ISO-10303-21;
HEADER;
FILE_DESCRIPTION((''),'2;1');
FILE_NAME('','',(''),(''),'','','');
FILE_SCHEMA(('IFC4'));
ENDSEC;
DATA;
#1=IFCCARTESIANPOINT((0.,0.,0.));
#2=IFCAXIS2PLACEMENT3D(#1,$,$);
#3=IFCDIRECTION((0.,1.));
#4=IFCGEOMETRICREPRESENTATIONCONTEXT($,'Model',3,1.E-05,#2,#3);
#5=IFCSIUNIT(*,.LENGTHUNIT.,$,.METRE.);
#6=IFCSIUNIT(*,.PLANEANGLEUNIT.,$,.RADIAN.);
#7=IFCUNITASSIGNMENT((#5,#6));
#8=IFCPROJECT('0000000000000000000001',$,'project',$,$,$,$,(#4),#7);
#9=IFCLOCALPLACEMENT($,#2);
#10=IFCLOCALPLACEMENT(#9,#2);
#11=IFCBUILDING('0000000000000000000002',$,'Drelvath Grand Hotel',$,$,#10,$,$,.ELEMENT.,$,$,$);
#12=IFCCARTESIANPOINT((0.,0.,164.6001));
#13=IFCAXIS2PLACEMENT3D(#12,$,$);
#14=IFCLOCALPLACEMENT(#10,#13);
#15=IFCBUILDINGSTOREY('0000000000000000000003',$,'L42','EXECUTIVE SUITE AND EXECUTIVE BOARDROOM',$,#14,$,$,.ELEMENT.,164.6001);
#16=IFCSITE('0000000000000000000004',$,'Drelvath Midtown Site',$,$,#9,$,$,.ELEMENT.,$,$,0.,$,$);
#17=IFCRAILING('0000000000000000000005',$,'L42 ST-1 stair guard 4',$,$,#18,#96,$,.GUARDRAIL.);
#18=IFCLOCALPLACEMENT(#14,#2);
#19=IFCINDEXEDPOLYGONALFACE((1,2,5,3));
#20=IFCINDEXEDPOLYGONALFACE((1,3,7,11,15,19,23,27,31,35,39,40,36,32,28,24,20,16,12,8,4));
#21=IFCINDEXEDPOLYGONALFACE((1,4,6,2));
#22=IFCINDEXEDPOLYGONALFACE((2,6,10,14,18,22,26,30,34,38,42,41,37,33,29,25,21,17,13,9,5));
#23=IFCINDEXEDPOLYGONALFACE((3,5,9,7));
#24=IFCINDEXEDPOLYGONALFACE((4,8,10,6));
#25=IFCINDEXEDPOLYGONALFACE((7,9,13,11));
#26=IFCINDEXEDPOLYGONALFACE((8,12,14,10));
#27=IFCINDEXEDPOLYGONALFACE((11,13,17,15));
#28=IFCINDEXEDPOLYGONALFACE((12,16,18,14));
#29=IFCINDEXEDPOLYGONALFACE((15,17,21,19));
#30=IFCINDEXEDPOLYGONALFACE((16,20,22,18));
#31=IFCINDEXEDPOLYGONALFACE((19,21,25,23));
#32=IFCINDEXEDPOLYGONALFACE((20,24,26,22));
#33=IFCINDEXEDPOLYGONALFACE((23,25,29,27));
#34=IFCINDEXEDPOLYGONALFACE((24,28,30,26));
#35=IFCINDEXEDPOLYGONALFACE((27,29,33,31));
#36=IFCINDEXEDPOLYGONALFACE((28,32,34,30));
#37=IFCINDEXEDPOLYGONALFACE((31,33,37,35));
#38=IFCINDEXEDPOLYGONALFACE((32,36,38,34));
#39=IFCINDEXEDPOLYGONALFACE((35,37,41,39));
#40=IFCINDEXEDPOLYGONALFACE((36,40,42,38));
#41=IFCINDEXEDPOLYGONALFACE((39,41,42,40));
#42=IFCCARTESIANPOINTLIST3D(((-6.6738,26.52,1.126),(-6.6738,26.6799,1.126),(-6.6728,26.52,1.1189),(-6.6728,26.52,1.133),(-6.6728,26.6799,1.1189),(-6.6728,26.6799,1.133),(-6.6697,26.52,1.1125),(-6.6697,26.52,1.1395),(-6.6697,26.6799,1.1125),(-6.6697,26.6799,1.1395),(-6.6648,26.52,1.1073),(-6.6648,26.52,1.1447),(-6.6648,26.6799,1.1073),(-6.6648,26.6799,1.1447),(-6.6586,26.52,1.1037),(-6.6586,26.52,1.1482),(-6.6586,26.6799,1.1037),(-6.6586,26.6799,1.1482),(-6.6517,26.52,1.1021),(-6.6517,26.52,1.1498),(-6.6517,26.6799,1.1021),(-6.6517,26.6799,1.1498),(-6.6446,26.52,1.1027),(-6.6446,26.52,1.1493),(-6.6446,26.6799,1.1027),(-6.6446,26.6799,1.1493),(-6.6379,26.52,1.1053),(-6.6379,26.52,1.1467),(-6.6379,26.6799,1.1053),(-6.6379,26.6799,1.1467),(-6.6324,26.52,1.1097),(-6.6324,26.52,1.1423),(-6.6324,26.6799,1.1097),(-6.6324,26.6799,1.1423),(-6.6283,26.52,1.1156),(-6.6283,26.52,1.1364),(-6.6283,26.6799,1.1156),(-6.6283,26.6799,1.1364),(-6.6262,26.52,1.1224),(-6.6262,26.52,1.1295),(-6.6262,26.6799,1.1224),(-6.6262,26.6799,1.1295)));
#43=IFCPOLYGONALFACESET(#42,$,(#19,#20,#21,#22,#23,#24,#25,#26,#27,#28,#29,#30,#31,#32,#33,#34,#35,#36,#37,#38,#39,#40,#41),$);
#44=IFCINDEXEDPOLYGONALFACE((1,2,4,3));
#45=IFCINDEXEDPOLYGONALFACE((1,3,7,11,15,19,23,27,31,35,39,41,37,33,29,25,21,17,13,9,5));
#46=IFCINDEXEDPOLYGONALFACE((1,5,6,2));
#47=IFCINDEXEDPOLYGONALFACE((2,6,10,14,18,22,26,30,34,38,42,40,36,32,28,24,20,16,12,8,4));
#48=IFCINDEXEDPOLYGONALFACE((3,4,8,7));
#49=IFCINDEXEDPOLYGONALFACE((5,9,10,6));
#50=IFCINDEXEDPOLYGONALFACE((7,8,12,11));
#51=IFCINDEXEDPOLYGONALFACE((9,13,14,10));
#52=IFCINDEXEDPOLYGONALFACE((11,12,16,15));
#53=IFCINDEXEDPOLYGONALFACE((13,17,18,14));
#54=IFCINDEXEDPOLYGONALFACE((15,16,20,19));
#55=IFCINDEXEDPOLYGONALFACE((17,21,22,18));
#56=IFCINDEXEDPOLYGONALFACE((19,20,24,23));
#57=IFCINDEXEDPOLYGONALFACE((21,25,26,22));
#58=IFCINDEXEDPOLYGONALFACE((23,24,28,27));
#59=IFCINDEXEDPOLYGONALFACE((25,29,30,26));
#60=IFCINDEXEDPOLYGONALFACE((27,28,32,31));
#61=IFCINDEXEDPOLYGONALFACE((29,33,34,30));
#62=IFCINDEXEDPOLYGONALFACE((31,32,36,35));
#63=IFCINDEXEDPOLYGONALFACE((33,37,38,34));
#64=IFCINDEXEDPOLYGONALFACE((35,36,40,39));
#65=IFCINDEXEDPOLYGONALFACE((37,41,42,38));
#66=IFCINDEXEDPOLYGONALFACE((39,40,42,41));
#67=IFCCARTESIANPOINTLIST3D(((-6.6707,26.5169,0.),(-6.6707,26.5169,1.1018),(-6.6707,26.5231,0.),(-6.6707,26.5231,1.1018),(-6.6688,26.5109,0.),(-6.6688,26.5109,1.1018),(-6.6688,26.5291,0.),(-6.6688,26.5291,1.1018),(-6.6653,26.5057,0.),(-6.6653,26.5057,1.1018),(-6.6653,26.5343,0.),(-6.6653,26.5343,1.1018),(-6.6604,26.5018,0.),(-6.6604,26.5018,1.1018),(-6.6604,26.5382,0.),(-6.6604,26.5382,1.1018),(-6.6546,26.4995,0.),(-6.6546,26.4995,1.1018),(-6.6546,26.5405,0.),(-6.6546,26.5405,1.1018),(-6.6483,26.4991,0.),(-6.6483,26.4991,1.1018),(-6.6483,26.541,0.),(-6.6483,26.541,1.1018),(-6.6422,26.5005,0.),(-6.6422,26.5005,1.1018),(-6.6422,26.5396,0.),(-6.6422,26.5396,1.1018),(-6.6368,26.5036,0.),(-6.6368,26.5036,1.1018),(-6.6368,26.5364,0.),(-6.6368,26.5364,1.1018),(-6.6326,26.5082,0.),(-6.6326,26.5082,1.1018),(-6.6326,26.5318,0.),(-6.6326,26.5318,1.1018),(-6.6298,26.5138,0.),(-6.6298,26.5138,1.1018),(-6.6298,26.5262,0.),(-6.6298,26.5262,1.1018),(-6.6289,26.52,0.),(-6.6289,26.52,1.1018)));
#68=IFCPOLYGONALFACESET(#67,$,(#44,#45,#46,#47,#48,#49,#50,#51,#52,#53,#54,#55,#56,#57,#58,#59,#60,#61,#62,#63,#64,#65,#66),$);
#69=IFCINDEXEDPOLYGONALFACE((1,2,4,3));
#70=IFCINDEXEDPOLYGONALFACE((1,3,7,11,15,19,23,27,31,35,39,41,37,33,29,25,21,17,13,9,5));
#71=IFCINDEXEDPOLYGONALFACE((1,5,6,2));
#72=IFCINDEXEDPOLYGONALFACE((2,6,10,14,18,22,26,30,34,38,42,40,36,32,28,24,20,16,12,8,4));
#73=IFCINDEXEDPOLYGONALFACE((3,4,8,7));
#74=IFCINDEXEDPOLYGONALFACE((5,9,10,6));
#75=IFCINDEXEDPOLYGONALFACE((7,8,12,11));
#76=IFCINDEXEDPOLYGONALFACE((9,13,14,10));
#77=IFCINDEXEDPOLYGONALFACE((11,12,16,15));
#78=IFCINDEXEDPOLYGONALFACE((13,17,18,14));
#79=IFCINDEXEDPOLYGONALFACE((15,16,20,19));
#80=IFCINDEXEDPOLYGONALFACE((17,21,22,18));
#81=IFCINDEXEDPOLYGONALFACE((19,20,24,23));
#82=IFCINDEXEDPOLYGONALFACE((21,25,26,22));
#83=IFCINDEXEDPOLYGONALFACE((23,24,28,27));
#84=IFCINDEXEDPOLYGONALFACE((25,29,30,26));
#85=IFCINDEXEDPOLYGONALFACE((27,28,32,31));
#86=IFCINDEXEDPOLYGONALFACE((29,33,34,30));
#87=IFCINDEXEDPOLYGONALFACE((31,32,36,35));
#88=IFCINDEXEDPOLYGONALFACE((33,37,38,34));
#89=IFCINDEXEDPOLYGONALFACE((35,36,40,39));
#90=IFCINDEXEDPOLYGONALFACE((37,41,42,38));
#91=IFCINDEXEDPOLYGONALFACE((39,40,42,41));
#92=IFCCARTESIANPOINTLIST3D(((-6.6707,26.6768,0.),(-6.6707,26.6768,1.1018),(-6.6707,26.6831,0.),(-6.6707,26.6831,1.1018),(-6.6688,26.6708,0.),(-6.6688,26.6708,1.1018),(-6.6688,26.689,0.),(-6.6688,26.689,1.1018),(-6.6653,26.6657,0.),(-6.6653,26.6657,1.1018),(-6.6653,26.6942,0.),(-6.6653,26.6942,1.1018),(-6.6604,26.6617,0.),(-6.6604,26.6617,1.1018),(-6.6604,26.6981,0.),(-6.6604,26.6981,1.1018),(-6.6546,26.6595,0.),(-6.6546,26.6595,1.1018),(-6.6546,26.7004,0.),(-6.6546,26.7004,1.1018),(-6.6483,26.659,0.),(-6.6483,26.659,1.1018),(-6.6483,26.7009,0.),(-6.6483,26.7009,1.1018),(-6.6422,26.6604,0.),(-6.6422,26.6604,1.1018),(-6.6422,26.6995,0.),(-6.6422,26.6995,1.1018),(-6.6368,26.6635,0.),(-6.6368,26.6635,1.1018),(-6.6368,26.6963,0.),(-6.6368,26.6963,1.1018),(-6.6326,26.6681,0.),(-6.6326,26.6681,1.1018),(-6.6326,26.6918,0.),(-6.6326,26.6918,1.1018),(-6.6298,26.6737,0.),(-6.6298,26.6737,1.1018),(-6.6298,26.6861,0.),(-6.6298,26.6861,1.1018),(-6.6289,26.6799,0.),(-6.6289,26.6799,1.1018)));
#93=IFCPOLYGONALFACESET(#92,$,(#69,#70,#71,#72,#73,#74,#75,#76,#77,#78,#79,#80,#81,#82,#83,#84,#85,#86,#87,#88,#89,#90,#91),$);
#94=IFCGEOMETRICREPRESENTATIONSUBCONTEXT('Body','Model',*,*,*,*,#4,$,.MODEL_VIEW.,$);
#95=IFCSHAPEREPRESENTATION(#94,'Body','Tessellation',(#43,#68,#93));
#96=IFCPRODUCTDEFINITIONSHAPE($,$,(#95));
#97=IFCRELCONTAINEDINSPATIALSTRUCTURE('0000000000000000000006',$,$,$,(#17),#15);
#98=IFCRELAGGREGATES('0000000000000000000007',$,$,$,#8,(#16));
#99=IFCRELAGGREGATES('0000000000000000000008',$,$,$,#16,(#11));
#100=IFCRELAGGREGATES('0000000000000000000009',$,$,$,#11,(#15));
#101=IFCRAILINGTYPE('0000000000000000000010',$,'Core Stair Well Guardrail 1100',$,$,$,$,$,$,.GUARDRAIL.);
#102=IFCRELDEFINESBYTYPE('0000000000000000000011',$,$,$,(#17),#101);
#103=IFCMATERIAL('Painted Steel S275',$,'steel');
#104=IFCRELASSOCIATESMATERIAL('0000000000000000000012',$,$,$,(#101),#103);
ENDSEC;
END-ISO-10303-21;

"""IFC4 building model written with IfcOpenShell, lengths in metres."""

from ifc_helpers import new_model, si_unit, direction, frame, origin, origin_2d, place, context, subcontext, project, spatial, circle, extrude, material, type_object, element, save


model = new_model("IFC4")

# Units and contexts
model_context = context("Model", 3, precision=1e-05, world=origin(), true_north=direction((0.0, 1.0)))
body_context = subcontext(model_context, "Body", "Model", "MODEL_VIEW")
ifc_project = project(units=[si_unit("LENGTHUNIT", "METRE"), si_unit("PLANEANGLEUNIT", "RADIAN")], contexts=[model_context])

# Site, building, storey
site_placement = place(None, origin())
site = spatial("IfcSite", under=ifc_project, at=site_placement, Name="Drelvath Midtown Site", CompositionType="ELEMENT", RefElevation=0.0)
building_placement = place(site_placement, origin())
building = spatial("IfcBuilding", under=site, at=building_placement, Name="Drelvath Grand Hotel", CompositionType="ELEMENT")
storey_placement = place(building_placement, frame((0.0, 0.0, 164.6001)))
storey = spatial("IfcBuildingStorey", under=building, at=storey_placement, Name="L42", Description="EXECUTIVE SUITE AND EXECUTIVE BOARDROOM", CompositionType="ELEMENT", Elevation=164.6001)

# Railing
ifc_material_1 = material(Name="Painted Steel S275", Category="steel")
railing_type_1 = type_object("IfcRailingType", Name="Core Stair Well Guardrail 1100", PredefinedType="GUARDRAIL", material=ifc_material_1)
railing_1_placement = place(storey_placement, frame((-6.6499, 26.52, 0.0)))
element("IfcRailing", 1, at=railing_1_placement, inside=storey, type_object=railing_type_1, Name="L42 ST-1 stair guard 4", PredefinedType="GUARDRAIL", context=body_context, shape_type="SweptSolid", body=[
    extrude(circle(Radius=0.0239, at=origin_2d()), frame((0.0, 0.0, 1.126), z_axis=(0.0, 1.0, 0.0), x_axis=(-1.0, 0.0, 0.0)), (0.0, 0.0, 1.0), 0.1599),
    extrude(circle(Radius=0.021, at=origin_2d()), origin(), (0.0, 0.0, 1.0), 1.1018),
    extrude(circle(Radius=0.021, at=origin_2d()), frame((0.0, 0.1599, 0.0)), (0.0, 0.0, 1.0), 1.1018),
])

save(model, "model.ifc")
